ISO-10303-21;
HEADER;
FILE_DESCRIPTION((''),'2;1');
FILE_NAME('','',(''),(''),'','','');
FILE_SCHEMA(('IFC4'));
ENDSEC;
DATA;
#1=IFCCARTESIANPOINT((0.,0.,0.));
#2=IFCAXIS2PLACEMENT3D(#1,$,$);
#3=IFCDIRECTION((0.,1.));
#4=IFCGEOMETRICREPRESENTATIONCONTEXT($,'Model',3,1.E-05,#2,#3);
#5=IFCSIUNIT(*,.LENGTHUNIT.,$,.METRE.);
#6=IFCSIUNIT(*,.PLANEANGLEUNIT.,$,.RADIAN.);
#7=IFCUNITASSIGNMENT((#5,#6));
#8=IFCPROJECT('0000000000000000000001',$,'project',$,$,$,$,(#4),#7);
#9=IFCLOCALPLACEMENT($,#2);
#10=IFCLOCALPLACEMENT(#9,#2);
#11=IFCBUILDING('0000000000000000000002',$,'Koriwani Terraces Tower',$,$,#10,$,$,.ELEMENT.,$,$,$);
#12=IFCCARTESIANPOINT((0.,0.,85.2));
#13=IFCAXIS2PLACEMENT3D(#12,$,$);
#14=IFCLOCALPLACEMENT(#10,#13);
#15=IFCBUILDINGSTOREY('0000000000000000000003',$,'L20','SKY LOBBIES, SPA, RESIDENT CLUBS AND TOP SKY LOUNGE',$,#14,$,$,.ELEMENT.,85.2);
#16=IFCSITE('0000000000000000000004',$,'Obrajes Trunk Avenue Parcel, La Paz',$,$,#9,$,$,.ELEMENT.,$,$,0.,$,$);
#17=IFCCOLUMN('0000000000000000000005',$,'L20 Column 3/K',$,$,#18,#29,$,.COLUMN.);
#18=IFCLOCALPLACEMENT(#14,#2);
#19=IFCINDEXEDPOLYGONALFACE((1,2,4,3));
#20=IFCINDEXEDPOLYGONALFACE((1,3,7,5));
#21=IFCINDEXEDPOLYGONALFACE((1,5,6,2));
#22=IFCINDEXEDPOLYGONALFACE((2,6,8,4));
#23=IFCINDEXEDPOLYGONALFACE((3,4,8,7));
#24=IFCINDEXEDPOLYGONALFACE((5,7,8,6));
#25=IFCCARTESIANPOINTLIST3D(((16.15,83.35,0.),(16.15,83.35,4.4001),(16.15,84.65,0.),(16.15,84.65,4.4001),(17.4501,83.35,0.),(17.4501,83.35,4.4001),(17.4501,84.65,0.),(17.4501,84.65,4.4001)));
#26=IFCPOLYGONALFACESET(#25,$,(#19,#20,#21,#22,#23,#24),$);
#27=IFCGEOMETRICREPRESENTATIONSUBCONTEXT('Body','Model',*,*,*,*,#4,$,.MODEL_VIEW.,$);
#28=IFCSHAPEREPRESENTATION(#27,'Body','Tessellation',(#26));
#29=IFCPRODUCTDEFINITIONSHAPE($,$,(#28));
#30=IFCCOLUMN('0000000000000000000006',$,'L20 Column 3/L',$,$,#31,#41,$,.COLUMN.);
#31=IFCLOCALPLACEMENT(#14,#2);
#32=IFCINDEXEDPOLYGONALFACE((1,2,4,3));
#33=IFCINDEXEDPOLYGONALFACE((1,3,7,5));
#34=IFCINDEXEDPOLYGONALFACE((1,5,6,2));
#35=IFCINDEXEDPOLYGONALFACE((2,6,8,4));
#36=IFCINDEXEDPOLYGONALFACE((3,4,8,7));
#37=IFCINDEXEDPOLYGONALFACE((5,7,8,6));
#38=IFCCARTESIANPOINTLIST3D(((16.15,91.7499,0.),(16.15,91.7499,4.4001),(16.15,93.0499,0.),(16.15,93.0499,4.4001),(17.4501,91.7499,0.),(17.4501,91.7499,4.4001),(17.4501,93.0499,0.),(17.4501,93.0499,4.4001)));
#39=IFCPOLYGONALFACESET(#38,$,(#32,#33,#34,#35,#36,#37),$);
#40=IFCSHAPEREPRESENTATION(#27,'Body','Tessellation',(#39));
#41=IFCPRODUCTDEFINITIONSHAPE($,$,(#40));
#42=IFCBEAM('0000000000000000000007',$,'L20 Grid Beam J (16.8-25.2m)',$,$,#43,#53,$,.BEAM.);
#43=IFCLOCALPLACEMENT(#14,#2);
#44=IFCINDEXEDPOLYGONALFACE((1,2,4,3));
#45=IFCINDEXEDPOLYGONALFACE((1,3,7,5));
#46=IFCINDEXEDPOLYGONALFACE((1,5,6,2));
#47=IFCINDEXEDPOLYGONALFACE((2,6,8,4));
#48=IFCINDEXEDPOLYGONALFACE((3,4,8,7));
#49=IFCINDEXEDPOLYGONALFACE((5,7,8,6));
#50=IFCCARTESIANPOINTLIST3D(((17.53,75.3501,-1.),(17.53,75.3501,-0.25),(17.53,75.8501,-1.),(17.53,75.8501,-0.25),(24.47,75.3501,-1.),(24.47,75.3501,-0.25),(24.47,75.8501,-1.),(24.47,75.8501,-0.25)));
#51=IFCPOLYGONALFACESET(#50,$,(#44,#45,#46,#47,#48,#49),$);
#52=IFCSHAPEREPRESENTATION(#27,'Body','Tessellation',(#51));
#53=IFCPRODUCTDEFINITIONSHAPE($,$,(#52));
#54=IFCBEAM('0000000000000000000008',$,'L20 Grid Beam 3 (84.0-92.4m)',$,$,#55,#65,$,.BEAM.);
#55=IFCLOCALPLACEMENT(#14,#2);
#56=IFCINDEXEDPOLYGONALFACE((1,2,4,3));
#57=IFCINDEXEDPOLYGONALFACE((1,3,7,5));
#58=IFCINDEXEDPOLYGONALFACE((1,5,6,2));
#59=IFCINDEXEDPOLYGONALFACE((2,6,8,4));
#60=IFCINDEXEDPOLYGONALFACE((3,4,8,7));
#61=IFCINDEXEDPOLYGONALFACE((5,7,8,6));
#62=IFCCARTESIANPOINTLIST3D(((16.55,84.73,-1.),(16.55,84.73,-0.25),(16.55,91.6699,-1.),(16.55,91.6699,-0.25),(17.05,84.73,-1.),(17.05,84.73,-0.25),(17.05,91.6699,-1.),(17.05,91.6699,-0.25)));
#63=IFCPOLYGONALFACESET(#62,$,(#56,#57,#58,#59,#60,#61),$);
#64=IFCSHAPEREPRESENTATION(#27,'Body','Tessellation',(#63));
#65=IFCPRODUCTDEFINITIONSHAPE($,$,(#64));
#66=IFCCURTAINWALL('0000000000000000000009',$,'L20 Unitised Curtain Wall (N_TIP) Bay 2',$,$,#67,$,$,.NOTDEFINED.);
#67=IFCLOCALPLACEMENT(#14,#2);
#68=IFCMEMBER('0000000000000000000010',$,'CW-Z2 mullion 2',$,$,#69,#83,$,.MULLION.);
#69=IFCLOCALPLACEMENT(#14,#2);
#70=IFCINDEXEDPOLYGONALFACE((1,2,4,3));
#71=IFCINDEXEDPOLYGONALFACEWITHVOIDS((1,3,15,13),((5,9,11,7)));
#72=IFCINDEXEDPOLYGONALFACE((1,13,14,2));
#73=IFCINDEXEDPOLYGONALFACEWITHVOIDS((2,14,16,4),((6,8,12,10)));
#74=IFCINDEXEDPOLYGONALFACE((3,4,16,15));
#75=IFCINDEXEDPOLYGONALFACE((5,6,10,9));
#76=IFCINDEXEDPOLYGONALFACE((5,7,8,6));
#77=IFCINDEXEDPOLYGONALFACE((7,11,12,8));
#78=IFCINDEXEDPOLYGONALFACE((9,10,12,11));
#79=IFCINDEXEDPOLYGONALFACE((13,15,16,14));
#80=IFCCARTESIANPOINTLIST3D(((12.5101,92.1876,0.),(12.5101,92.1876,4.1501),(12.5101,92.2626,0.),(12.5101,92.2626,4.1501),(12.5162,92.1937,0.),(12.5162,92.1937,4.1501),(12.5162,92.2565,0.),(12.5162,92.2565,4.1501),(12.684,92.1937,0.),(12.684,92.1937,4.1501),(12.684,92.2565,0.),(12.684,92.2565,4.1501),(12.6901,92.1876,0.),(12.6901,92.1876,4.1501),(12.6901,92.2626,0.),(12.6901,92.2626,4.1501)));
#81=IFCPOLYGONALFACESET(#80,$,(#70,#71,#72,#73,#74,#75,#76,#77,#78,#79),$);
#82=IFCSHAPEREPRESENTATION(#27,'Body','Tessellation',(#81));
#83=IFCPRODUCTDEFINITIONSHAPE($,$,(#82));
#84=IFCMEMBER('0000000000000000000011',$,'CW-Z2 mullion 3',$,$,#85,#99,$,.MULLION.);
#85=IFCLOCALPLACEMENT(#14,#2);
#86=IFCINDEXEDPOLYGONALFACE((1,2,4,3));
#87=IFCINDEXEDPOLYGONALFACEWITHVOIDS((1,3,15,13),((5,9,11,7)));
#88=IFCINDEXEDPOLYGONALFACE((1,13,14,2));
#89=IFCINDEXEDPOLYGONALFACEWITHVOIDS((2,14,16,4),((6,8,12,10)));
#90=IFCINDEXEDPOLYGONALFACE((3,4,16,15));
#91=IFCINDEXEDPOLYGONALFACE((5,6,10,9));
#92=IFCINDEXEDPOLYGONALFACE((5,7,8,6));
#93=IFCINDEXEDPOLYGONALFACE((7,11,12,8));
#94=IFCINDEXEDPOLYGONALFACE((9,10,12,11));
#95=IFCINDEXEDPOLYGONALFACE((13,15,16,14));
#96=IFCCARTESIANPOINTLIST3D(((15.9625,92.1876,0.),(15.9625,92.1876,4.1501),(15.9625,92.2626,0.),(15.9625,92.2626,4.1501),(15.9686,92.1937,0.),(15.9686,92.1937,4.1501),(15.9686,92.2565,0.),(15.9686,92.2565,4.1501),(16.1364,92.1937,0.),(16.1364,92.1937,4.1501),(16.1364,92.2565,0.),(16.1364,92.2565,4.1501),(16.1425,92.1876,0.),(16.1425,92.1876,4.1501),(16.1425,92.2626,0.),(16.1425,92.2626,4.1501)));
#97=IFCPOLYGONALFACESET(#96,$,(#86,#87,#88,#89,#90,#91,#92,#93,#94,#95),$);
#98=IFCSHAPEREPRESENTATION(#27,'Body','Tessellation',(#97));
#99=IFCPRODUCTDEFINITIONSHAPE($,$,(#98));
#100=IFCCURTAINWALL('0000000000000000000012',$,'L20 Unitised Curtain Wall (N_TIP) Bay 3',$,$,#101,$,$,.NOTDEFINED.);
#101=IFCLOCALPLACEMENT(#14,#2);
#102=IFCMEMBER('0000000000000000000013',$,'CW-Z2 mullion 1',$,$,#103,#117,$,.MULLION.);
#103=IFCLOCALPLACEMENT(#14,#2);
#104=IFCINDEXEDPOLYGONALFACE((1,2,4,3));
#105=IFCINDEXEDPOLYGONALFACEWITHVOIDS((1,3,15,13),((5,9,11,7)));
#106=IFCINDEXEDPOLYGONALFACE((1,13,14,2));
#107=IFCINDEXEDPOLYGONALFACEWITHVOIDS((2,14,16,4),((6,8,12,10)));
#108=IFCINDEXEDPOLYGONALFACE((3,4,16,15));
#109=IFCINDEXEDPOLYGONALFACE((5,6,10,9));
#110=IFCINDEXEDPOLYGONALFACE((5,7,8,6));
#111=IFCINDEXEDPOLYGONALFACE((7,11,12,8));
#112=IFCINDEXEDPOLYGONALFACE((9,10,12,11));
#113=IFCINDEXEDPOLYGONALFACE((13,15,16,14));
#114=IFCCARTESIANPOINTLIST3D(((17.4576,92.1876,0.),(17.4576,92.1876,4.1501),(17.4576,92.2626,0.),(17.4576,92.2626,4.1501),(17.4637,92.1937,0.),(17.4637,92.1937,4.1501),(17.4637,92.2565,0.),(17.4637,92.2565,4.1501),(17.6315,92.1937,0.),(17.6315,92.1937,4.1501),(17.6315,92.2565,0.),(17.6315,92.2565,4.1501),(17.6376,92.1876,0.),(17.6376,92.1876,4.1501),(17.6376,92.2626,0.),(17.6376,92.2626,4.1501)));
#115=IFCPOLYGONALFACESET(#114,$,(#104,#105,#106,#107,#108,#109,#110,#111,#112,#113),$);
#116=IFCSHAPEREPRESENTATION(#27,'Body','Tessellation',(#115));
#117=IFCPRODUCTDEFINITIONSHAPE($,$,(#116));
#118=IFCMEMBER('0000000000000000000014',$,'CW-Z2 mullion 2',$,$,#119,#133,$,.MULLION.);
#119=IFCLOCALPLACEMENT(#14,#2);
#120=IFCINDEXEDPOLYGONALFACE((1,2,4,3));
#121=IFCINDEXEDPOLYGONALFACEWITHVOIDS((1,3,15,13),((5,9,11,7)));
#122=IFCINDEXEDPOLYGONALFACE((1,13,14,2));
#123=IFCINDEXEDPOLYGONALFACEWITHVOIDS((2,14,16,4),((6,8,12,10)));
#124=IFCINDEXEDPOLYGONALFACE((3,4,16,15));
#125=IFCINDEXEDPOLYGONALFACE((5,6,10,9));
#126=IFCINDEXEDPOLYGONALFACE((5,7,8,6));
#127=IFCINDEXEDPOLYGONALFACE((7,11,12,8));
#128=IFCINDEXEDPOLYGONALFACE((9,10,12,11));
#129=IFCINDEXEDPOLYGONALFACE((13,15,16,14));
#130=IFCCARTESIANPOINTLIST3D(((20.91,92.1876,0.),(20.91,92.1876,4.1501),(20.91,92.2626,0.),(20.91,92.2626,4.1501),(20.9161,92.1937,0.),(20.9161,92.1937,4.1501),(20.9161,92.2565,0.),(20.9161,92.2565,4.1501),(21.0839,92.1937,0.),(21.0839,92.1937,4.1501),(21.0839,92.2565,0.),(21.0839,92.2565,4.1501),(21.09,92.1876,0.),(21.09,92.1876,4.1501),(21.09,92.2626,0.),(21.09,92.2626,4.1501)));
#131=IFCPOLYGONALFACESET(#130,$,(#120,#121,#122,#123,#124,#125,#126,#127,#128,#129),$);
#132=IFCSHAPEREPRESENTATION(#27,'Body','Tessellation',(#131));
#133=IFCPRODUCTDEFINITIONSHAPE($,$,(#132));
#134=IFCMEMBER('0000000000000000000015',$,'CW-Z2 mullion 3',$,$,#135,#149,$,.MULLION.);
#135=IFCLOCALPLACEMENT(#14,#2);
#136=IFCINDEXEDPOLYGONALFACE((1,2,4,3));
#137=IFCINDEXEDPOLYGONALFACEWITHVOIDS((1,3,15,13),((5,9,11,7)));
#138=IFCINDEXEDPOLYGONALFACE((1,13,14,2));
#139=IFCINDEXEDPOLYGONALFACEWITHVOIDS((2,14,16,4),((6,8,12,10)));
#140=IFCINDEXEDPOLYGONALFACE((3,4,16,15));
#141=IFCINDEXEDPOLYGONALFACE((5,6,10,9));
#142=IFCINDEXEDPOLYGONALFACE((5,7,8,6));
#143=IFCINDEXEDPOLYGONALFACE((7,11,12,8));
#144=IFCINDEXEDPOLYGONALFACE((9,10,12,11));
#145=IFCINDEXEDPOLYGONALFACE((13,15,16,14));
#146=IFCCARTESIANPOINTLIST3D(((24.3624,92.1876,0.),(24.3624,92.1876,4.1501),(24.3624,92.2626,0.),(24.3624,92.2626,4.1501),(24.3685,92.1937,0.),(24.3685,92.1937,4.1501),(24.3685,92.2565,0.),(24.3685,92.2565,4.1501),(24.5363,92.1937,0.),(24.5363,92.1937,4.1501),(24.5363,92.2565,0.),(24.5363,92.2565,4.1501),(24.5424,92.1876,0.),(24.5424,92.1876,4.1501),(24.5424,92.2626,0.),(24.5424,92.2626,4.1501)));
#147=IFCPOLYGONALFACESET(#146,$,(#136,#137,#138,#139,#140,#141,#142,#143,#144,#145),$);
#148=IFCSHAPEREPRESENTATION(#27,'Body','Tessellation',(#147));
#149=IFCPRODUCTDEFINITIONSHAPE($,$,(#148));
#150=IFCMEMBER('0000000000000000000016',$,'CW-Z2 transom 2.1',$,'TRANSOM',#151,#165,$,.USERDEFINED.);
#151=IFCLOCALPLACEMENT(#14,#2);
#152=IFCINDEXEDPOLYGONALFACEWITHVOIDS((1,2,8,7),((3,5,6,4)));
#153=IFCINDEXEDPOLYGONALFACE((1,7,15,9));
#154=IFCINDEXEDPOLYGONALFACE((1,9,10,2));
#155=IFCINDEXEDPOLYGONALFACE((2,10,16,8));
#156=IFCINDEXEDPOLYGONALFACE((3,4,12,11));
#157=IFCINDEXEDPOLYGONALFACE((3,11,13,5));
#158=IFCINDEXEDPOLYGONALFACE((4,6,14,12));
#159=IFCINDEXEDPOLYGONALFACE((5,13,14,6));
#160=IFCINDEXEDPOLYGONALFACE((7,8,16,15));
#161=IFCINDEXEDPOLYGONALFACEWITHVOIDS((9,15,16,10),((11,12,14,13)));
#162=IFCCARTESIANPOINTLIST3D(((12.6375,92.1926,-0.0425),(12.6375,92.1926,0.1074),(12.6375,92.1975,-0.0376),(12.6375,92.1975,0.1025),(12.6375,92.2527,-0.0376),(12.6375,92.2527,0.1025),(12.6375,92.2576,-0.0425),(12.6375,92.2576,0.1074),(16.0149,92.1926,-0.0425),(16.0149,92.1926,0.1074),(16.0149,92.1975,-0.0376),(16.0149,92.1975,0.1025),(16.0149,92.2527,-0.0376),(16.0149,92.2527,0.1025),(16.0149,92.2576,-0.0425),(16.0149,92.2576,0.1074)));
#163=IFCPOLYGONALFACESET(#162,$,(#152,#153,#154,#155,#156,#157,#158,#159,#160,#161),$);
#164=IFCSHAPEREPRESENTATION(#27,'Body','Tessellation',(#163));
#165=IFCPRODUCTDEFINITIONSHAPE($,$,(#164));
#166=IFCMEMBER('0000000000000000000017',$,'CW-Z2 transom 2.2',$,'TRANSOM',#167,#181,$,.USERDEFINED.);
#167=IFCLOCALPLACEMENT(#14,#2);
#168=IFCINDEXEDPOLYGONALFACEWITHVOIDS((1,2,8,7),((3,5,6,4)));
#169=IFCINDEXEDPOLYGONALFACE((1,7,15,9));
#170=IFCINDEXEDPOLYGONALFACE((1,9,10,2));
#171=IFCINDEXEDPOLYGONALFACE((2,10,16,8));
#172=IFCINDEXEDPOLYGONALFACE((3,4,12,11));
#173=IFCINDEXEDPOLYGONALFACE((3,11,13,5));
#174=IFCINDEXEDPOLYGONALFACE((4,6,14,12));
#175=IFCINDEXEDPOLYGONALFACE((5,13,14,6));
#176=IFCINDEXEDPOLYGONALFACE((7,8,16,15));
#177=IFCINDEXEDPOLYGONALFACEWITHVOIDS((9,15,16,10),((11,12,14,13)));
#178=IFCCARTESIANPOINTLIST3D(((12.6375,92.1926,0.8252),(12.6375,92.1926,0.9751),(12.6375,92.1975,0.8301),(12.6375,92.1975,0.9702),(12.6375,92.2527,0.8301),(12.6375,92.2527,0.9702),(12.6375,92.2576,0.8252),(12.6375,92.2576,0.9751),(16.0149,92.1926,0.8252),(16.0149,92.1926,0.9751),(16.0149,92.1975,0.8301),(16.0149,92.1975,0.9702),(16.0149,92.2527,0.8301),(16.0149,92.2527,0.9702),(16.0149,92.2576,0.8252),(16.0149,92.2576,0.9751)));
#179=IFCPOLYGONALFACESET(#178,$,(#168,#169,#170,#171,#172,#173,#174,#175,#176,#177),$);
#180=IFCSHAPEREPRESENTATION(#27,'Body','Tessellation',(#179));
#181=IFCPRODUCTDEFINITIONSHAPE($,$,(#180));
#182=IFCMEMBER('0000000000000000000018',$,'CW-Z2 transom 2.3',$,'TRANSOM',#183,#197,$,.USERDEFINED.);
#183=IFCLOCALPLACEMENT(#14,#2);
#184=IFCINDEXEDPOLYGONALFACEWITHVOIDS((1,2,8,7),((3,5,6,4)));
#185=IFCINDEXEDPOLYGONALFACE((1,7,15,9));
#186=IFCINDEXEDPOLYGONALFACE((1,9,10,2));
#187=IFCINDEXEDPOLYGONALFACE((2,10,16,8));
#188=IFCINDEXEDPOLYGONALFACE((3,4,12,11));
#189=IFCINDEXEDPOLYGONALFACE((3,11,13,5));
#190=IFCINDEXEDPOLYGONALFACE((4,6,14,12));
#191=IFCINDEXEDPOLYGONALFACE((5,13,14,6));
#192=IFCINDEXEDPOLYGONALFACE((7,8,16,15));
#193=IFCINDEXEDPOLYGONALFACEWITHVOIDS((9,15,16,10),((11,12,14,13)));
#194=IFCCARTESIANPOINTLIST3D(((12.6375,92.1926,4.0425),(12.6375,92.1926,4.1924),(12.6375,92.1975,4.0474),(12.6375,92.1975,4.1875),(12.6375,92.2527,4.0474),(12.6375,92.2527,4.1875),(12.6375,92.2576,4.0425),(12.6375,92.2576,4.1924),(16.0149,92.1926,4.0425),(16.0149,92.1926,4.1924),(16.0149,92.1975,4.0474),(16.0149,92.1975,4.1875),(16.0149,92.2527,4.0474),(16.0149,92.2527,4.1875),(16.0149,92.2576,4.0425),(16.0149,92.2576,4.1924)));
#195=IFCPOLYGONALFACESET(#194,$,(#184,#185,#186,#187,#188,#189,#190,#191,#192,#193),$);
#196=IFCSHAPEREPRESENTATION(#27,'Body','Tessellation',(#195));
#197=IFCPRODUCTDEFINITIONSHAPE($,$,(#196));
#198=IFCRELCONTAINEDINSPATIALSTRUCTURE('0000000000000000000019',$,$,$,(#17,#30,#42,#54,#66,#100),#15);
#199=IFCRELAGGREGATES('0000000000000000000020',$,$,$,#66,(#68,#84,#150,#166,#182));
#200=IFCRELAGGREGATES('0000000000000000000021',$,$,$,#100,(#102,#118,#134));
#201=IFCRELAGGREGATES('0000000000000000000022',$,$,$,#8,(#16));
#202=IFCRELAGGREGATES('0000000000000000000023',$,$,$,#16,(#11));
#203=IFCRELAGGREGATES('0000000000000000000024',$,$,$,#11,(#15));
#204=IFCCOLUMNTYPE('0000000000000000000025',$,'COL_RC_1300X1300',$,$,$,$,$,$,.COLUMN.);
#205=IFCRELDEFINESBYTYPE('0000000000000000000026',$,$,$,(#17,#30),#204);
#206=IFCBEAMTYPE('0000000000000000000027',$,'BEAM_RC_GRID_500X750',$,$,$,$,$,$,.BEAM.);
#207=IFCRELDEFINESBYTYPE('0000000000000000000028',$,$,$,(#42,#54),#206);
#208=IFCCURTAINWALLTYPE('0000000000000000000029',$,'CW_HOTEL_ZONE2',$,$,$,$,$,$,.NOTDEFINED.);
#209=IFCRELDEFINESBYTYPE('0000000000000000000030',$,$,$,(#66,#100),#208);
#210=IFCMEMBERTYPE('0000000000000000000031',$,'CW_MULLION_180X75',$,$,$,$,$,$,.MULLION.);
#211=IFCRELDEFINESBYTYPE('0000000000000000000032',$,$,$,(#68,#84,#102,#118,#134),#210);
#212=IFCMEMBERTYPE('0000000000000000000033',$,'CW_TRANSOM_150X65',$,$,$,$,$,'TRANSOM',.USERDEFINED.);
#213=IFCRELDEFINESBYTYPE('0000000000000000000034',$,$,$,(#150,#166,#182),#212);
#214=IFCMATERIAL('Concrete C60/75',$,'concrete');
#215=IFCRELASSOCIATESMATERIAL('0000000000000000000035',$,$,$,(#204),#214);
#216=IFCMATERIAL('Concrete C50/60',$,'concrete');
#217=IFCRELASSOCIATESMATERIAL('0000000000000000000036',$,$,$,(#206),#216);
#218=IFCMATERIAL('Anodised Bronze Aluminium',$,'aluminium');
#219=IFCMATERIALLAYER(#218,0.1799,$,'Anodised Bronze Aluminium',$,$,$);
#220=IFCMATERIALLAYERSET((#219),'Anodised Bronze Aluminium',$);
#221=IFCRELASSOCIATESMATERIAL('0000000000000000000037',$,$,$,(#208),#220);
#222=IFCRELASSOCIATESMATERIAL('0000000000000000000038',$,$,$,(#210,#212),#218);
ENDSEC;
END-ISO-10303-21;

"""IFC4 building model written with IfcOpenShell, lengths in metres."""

from ifc_helpers import new_model, si_unit, direction, frame, origin, origin_2d, place, context, subcontext, project, spatial, rectangle, hollow_rectangle, extrude, material, layer, layer_set, material_profile, profile_set, type_object, element, aggregate, save


model = new_model("IFC4")

# Units and contexts
model_context = context("Model", 3, precision=1e-05, world=origin(), true_north=direction((0.0, 1.0)))
body_context = subcontext(model_context, "Body", "Model", "MODEL_VIEW")
ifc_project = project(units=[si_unit("LENGTHUNIT", "METRE"), si_unit("PLANEANGLEUNIT", "RADIAN")], contexts=[model_context])

# Site, building, storey
site_placement = place(None, origin())
site = spatial("IfcSite", under=ifc_project, at=site_placement, Name="Obrajes Trunk Avenue Parcel, La Paz", CompositionType="ELEMENT", RefElevation=0.0)
building_placement = place(site_placement, origin())
building = spatial("IfcBuilding", under=site, at=building_placement, Name="Koriwani Terraces Tower", CompositionType="ELEMENT")
storey_placement = place(building_placement, frame((0.0, 0.0, 85.2)))
storey = spatial("IfcBuildingStorey", under=building, at=storey_placement, Name="L20", Description="SKY LOBBIES, SPA, RESIDENT CLUBS AND TOP SKY LOUNGE", CompositionType="ELEMENT", Elevation=85.2)

# Columns
ifc_material_1 = material(Name="Concrete C60/75", Category="concrete")
ifc_material_profile_1 = material_profile(ifc_material_1, rectangle(XDim=1.3, YDim=1.3, at=origin_2d()), Name="Concrete C60/75", Category="LoadBearing")
ifc_profile_set_1 = profile_set([ifc_material_profile_1], Name="Concrete C60/75")
column_type = type_object("IfcColumnType", Name="COL_RC_1300X1300", PredefinedType="COLUMN", material=ifc_profile_set_1)
for number, where, z_axis, x_axis, name in (
    (1, (16.8, 84.0, 0.0), (0.0, 0.0, 1.0), (1.0, 0.0, 0.0), "L20 Column 3/K"),
    (2, (16.8, 92.3999, 0.0), (0.0, 0.0, 1.0), (1.0, 0.0, 0.0), "L20 Column 3/L"),
):
    element("IfcColumn", number, at=place(storey_placement, frame(where, z_axis=z_axis, x_axis=x_axis)), inside=storey, type_object=column_type, Name=name, PredefinedType="COLUMN", context=body_context, shape_type="SweptSolid", body=[
        extrude(rectangle(XDim=1.3, YDim=1.3, at=origin_2d()), origin(), (0.0, 0.0, 1.0), 4.4001),
    ])

# Beams
ifc_material_2 = material(Name="Concrete C50/60", Category="concrete")
ifc_material_profile_2 = material_profile(ifc_material_2, rectangle(XDim=0.5, YDim=0.75, at=origin_2d()), Name="Concrete C50/60", Category="LoadBearing")
ifc_profile_set_2 = profile_set([ifc_material_profile_2], Name="Concrete C50/60")
beam_type_1 = type_object("IfcBeamType", Name="BEAM_RC_GRID_500X750", PredefinedType="BEAM", material=ifc_profile_set_2)
for number, where, z_axis, x_axis, name in (
    (3, (17.53, 75.6001, -0.625), (1.0, 0.0, 0.0), (0.0, 1.0, 0.0), "L20 Grid Beam J (16.8-25.2m)"),
    (4, (16.8, 84.73, -0.625), (0.0, 1.0, 0.0), (-1.0, 0.0, 0.0), "L20 Grid Beam 3 (84.0-92.4m)"),
):
    element("IfcBeam", number, at=place(storey_placement, frame(where, z_axis=z_axis, x_axis=x_axis)), inside=storey, type_object=beam_type_1, Name=name, PredefinedType="BEAM", context=body_context, shape_type="SweptSolid", body=[
        extrude(rectangle(XDim=0.5, YDim=0.75, at=origin_2d()), origin(), (0.0, 0.0, 1.0), 6.9399),
    ])

# Curtain walls, members
ifc_material_3 = material(Name="Anodised Bronze Aluminium", Category="aluminium")
ifc_layer_1 = layer(ifc_material_3, 0.1799, Name="Anodised Bronze Aluminium")
ifc_layer_set_1 = layer_set([ifc_layer_1], Name="Anodised Bronze Aluminium")
curtain_wall_type = type_object("IfcCurtainWallType", Name="CW_HOTEL_ZONE2", PredefinedType="NOTDEFINED", material=ifc_layer_set_1)
curtain_wall_1_placement = place(storey_placement, origin())
curtain_wall_1 = element("IfcCurtainWall", 5, at=curtain_wall_1_placement, inside=storey, type_object=curtain_wall_type, Name="L20 Unitised Curtain Wall (N_TIP) Bay 2", PredefinedType="NOTDEFINED")
ifc_material_profile_3 = material_profile(ifc_material_3, hollow_rectangle(XDim=0.075, YDim=0.1799, WallThickness=0.0061, at=origin_2d()), Name="Anodised Bronze Aluminium", Category="LoadBearing")
ifc_profile_set_3 = profile_set([ifc_material_profile_3], Name="Anodised Bronze Aluminium")
member_type_1 = type_object("IfcMemberType", Name="CW_MULLION_180X75", PredefinedType="MULLION", material=ifc_profile_set_3)
member_1_placement = place(storey_placement, frame((12.6001, 92.2251, 0.0), z_axis=(0.0, 0.0, 1.0), x_axis=(0.0, 1.0, 0.0)))
member_1 = element("IfcMember", 6, at=member_1_placement, type_object=member_type_1, Name="CW-Z2 mullion 2", PredefinedType="MULLION", context=body_context, shape_type="SweptSolid", body=[
    extrude(hollow_rectangle(XDim=0.075, YDim=0.1799, WallThickness=0.0061, at=origin_2d()), origin(), (0.0, 0.0, 1.0), 4.1501),
])
member_2_placement = place(storey_placement, frame((16.0525, 92.2251, 0.0), z_axis=(0.0, 0.0, 1.0), x_axis=(0.0, 1.0, 0.0)))
member_2 = element("IfcMember", 7, at=member_2_placement, type_object=member_type_1, Name="CW-Z2 mullion 3", PredefinedType="MULLION", context=body_context, shape_type="SweptSolid", body=[
    extrude(hollow_rectangle(XDim=0.075, YDim=0.1799, WallThickness=0.0061, at=origin_2d()), origin(), (0.0, 0.0, 1.0), 4.1501),
])
curtain_wall_2_placement = place(storey_placement, origin())
curtain_wall_2 = element("IfcCurtainWall", 8, at=curtain_wall_2_placement, inside=storey, type_object=curtain_wall_type, Name="L20 Unitised Curtain Wall (N_TIP) Bay 3", PredefinedType="NOTDEFINED")
member_3_placement = place(storey_placement, frame((17.5476, 92.2251, 0.0), z_axis=(0.0, 0.0, 1.0), x_axis=(0.0, 1.0, 0.0)))
member_3 = element("IfcMember", 9, at=member_3_placement, type_object=member_type_1, Name="CW-Z2 mullion 1", PredefinedType="MULLION", context=body_context, shape_type="SweptSolid", body=[
    extrude(hollow_rectangle(XDim=0.075, YDim=0.1799, WallThickness=0.0061, at=origin_2d()), origin(), (0.0, 0.0, 1.0), 4.1501),
])
member_4_placement = place(storey_placement, frame((21.0, 92.2251, 0.0), z_axis=(0.0, 0.0, 1.0), x_axis=(0.0, 1.0, 0.0)))
member_4 = element("IfcMember", 10, at=member_4_placement, type_object=member_type_1, Name="CW-Z2 mullion 2", PredefinedType="MULLION", context=body_context, shape_type="SweptSolid", body=[
    extrude(hollow_rectangle(XDim=0.075, YDim=0.1799, WallThickness=0.0061, at=origin_2d()), origin(), (0.0, 0.0, 1.0), 4.1501),
])
member_5_placement = place(storey_placement, frame((24.4524, 92.2251, 0.0), z_axis=(0.0, 0.0, 1.0), x_axis=(0.0, 1.0, 0.0)))
member_5 = element("IfcMember", 11, at=member_5_placement, type_object=member_type_1, Name="CW-Z2 mullion 3", PredefinedType="MULLION", context=body_context, shape_type="SweptSolid", body=[
    extrude(hollow_rectangle(XDim=0.075, YDim=0.1799, WallThickness=0.0061, at=origin_2d()), origin(), (0.0, 0.0, 1.0), 4.1501),
])

# Members
ifc_material_profile_4 = material_profile(ifc_material_3, hollow_rectangle(XDim=0.0649, YDim=0.1499, WallThickness=0.0049, at=origin_2d()), Name="Anodised Bronze Aluminium", Category="LoadBearing")
ifc_profile_set_4 = profile_set([ifc_material_profile_4], Name="Anodised Bronze Aluminium")
member_type_2 = type_object("IfcMemberType", Name="CW_TRANSOM_150X65", ElementType="TRANSOM", PredefinedType="USERDEFINED", material=ifc_profile_set_4)
member_6_placement = place(storey_placement, frame((12.6375, 92.2251, 0.0325), z_axis=(1.0, 0.0, 0.0), x_axis=(0.0, 1.0, 0.0)))
member_6 = element("IfcMember", 12, at=member_6_placement, type_object=member_type_2, Name="CW-Z2 transom 2.1", ObjectType="TRANSOM", PredefinedType="USERDEFINED", context=body_context, shape_type="SweptSolid", body=[
    extrude(hollow_rectangle(XDim=0.0649, YDim=0.1499, WallThickness=0.0049, at=origin_2d()), origin(), (0.0, 0.0, 1.0), 3.3774),
])
member_7_placement = place(storey_placement, frame((12.6375, 92.2251, 0.9001), z_axis=(1.0, 0.0, 0.0), x_axis=(0.0, 1.0, 0.0)))
member_7 = element("IfcMember", 13, at=member_7_placement, type_object=member_type_2, Name="CW-Z2 transom 2.2", ObjectType="TRANSOM", PredefinedType="USERDEFINED", context=body_context, shape_type="SweptSolid", body=[
    extrude(hollow_rectangle(XDim=0.0649, YDim=0.1499, WallThickness=0.0049, at=origin_2d()), origin(), (0.0, 0.0, 1.0), 3.3774),
])
member_8_placement = place(storey_placement, frame((12.6375, 92.2251, 4.1174), z_axis=(1.0, 0.0, 0.0), x_axis=(0.0, 1.0, 0.0)))
member_8 = element("IfcMember", 14, at=member_8_placement, type_object=member_type_2, Name="CW-Z2 transom 2.3", ObjectType="TRANSOM", PredefinedType="USERDEFINED", context=body_context, shape_type="SweptSolid", body=[
    extrude(hollow_rectangle(XDim=0.0649, YDim=0.1499, WallThickness=0.0049, at=origin_2d()), origin(), (0.0, 0.0, 1.0), 3.3774),
])

aggregate(curtain_wall_1, [member_1, member_2, member_6, member_7, member_8])
aggregate(curtain_wall_2, [member_3, member_4, member_5])

save(model, "model.ifc")
